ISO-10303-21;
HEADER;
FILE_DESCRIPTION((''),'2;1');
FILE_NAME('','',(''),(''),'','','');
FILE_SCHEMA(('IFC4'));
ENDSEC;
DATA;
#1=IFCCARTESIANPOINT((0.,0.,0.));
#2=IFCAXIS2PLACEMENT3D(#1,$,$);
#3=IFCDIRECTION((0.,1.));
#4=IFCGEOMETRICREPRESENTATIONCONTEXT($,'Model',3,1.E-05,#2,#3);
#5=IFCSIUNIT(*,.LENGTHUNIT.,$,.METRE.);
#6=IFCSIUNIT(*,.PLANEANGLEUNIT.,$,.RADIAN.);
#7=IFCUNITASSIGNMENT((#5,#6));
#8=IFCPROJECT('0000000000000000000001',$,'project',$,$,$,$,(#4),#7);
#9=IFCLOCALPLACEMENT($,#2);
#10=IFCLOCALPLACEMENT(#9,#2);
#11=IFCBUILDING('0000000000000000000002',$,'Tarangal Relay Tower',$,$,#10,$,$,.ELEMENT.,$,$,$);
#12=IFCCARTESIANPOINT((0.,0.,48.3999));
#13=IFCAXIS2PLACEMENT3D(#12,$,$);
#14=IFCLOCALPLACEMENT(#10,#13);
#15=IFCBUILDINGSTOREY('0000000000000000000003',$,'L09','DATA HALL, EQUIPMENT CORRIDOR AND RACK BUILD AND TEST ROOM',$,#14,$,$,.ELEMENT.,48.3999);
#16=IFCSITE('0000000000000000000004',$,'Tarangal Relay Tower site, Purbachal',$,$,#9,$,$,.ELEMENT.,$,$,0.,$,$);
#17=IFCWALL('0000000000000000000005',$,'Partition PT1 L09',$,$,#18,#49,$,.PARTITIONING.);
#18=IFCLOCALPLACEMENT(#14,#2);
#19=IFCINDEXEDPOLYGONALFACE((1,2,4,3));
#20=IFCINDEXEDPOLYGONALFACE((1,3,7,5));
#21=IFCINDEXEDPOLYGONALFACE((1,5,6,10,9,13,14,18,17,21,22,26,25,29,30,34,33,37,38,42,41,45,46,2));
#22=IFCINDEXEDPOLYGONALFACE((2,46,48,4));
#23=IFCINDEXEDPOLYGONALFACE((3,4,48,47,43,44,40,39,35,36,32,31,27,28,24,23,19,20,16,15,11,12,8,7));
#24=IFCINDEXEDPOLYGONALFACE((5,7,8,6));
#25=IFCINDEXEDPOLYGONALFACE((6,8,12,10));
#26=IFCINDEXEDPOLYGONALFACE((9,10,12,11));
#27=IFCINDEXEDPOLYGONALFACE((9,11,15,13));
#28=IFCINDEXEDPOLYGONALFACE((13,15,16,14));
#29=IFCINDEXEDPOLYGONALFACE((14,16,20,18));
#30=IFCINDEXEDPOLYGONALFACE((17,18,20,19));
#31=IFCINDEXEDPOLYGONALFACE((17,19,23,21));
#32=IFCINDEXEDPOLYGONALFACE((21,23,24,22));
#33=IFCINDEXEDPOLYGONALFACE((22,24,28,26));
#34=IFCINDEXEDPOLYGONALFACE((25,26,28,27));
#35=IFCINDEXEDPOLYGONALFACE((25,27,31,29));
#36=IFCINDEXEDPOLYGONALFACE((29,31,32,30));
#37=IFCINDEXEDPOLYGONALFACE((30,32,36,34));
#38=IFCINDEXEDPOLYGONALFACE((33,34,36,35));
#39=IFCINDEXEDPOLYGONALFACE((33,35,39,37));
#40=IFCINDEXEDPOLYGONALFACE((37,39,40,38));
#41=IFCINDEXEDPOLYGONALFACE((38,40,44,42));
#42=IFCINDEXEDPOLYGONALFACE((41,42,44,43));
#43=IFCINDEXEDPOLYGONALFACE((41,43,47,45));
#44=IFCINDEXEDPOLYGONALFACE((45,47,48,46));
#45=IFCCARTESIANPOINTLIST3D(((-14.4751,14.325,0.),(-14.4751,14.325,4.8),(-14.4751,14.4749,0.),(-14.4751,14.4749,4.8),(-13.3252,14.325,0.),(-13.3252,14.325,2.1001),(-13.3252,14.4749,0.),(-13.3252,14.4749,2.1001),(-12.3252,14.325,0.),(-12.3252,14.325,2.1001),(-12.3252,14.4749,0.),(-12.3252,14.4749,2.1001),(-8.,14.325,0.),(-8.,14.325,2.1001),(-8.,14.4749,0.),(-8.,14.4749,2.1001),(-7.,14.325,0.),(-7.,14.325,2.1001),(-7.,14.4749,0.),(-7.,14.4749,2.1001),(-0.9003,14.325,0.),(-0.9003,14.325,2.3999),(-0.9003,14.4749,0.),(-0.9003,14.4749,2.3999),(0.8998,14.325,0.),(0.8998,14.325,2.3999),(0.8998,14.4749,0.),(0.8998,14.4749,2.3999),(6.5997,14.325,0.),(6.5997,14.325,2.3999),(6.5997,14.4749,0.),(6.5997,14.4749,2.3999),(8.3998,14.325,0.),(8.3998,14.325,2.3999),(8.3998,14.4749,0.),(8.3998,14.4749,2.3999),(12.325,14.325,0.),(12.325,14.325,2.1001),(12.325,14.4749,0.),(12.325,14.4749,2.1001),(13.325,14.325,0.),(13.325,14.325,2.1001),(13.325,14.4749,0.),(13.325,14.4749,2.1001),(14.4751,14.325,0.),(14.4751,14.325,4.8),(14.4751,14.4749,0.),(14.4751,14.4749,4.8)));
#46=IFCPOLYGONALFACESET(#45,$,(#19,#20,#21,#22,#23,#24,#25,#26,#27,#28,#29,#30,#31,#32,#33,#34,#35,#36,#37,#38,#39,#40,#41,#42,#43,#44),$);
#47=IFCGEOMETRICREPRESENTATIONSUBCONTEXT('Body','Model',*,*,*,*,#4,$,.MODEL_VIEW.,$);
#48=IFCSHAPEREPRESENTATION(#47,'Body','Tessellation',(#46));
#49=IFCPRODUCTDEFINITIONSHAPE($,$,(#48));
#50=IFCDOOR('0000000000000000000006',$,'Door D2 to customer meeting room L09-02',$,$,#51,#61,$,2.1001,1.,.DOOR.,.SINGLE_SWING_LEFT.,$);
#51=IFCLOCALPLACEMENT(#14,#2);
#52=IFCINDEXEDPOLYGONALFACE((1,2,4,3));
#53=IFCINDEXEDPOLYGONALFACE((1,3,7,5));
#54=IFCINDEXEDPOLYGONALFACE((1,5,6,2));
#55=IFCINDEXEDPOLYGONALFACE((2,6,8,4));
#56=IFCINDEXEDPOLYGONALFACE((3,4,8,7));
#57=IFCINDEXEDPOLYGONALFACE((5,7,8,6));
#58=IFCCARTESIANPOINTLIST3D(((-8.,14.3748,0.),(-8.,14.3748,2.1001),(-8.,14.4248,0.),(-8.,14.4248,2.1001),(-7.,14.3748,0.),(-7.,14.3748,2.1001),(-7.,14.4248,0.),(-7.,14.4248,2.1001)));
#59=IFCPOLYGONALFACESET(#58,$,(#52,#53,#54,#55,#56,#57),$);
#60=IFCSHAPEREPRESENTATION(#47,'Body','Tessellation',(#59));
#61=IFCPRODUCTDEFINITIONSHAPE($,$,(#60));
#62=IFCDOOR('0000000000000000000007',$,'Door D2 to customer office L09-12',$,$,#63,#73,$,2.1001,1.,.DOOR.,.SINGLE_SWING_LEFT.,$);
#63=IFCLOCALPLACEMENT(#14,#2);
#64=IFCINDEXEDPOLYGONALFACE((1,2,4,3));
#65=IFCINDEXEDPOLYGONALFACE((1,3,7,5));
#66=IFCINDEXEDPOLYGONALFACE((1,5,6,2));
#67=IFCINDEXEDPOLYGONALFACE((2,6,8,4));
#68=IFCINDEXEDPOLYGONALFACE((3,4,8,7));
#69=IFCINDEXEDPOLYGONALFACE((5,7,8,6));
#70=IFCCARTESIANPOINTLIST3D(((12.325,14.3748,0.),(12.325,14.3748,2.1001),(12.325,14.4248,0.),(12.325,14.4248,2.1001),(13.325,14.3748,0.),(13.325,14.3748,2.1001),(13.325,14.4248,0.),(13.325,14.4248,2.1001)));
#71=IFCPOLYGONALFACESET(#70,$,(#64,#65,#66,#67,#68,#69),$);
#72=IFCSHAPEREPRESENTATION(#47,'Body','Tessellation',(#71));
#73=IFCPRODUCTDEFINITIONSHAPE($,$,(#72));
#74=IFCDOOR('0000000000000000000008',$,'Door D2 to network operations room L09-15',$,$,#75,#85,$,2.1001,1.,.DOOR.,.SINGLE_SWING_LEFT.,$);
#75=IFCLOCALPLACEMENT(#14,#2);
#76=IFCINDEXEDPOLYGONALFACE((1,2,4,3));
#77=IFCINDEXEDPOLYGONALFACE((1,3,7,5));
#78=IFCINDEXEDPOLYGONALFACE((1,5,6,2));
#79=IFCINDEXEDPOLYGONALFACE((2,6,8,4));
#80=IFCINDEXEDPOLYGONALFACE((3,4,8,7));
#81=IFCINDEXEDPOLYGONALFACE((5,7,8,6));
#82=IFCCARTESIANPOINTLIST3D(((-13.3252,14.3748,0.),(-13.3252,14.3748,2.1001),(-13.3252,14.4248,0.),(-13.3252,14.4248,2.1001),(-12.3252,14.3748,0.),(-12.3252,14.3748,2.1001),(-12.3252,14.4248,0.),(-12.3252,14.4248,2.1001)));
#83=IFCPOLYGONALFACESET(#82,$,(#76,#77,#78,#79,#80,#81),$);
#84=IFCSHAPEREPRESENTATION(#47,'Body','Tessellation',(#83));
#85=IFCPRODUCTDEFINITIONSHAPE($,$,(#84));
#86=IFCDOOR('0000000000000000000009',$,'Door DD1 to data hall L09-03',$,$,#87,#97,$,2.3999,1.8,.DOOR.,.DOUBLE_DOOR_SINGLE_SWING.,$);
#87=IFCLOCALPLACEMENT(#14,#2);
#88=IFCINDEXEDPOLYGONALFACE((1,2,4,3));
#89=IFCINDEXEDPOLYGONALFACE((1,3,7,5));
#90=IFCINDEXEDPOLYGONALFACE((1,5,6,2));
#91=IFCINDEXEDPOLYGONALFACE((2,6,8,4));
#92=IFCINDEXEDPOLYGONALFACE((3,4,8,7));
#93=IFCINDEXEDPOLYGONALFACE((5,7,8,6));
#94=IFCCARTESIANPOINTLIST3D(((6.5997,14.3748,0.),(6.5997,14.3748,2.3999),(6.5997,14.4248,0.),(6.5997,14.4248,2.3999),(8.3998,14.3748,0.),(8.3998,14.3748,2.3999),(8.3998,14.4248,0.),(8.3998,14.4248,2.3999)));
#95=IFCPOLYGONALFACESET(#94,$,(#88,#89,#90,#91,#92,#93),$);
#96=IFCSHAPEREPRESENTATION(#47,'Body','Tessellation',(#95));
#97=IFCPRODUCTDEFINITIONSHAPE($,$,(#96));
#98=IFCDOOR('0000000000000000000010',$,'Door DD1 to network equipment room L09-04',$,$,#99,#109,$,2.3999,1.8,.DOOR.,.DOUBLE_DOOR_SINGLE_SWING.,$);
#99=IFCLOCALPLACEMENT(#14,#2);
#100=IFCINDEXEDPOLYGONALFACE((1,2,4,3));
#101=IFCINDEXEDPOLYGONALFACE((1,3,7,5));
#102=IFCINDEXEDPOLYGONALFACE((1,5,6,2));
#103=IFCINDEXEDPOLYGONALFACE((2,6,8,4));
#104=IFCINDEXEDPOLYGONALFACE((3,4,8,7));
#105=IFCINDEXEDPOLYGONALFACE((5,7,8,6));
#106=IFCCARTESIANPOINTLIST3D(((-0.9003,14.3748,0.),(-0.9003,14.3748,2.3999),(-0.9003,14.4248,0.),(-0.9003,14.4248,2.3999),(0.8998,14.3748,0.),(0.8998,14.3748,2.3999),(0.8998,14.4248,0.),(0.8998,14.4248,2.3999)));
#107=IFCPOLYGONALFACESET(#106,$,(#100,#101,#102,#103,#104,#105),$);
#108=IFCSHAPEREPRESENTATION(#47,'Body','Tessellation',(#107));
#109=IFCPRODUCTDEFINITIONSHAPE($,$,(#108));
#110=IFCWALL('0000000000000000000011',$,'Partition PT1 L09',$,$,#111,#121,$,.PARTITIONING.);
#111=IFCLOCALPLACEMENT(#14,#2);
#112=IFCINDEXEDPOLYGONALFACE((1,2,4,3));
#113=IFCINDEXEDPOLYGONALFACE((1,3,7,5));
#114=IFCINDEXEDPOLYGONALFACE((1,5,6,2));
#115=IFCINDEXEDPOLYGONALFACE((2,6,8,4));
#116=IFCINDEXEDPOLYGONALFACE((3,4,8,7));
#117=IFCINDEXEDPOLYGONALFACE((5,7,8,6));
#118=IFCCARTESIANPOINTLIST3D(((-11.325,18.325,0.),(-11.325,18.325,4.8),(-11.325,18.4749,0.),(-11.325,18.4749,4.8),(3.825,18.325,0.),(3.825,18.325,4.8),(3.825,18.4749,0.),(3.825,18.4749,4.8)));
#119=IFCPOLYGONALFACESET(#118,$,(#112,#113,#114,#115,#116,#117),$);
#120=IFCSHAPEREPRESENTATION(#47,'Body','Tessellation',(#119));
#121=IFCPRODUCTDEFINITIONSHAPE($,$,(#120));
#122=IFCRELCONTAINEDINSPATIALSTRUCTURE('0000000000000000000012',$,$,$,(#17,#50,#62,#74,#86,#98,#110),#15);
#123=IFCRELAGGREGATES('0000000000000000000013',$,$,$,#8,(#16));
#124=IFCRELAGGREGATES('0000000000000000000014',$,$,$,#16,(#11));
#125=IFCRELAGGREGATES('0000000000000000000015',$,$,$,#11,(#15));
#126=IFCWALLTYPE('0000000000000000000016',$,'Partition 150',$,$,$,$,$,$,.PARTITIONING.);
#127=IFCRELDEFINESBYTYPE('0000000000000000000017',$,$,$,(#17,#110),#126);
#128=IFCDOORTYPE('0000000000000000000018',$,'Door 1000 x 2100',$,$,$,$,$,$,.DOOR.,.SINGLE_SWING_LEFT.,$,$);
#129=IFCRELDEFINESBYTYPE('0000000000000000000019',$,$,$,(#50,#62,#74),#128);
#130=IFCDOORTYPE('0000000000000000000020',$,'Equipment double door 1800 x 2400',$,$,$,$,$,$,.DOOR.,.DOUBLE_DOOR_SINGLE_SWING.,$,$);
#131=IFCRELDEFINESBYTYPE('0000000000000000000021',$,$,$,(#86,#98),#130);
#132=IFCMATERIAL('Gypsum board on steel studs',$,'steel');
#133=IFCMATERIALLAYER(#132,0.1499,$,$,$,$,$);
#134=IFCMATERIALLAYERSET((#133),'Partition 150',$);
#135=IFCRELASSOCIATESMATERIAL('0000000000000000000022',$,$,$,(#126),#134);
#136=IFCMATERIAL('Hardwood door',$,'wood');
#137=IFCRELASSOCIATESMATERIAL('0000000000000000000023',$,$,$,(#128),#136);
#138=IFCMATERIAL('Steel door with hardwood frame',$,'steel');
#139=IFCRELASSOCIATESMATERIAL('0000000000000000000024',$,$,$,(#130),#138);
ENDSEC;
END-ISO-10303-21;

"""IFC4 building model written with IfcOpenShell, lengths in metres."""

from ifc_helpers import new_model, si_unit, direction, frame, frame_2d, origin, place, context, subcontext, project, spatial, rectangle, extrude, material, layer, layer_set, type_object, element, fill, save


model = new_model("IFC4")

# Units and contexts
model_context = context("Model", 3, precision=1e-05, world=origin(), true_north=direction((0.0, 1.0)))
body_context = subcontext(model_context, "Body", "Model", "MODEL_VIEW")
ifc_project = project(units=[si_unit("LENGTHUNIT", "METRE"), si_unit("PLANEANGLEUNIT", "RADIAN")], contexts=[model_context])

# Site, building, storey
site_placement = place(None, origin())
site = spatial("IfcSite", under=ifc_project, at=site_placement, Name="Tarangal Relay Tower site, Purbachal", CompositionType="ELEMENT", RefElevation=0.0)
building_placement = place(site_placement, origin())
building = spatial("IfcBuilding", under=site, at=building_placement, Name="Tarangal Relay Tower", CompositionType="ELEMENT")
storey_placement = place(building_placement, frame((0.0, 0.0, 48.3999)))
storey = spatial("IfcBuildingStorey", under=building, at=storey_placement, Name="L09", Description="DATA HALL, EQUIPMENT CORRIDOR AND RACK BUILD AND TEST ROOM", CompositionType="ELEMENT", Elevation=48.3999)

# Wall, openings, doors
ifc_material_1 = material(Name="Gypsum board on steel studs", Category="steel")
ifc_layer_1 = layer(ifc_material_1, 0.1499)
ifc_layer_set_1 = layer_set([ifc_layer_1], Name="Partition 150")
wall_type_1 = type_object("IfcWallType", Name="Partition 150", PredefinedType="PARTITIONING", material=ifc_layer_set_1)
wall_1_placement = place(storey_placement, frame((-14.4751, 14.3999, 0.0), z_axis=(0.0, 0.0, 1.0), x_axis=(1.0, 0.0, 0.0)))
wall_1 = element("IfcWall", 1, at=wall_1_placement, inside=storey, type_object=wall_type_1, Name="Partition PT1 L09", PredefinedType="PARTITIONING", context=body_context, shape_type="SweptSolid", body=[
    extrude(rectangle(XDim=28.9502, YDim=0.1499, at=frame_2d((14.4751, 0.0))), origin(), (0.0, 0.0, 1.0), 4.8),
])
opening_1_placement = place(wall_1_placement, frame((6.4751, 0.0, 0.0)))
opening_1 = element("IfcOpeningElement", 2, at=opening_1_placement, cuts=wall_1, PredefinedType="OPENING", context=body_context, shape_type="SweptSolid", body=[
    extrude(rectangle(XDim=1.0, YDim=2.1001, at=frame_2d((0.5, 1.05))), frame((0.0, 0.085, 0.0), z_axis=(0.0, -1.0, 0.0), x_axis=(1.0, 0.0, 0.0)), (0.0, 0.0, 1.0), 0.1699),
])
opening_2_placement = place(wall_1_placement, frame((21.075, 0.0, 0.0)))
opening_2 = element("IfcOpeningElement", 3, at=opening_2_placement, cuts=wall_1, PredefinedType="OPENING", context=body_context, shape_type="SweptSolid", body=[
    extrude(rectangle(XDim=1.8, YDim=2.3999, at=frame_2d((0.8999, 1.2))), frame((0.0, 0.085, 0.0), z_axis=(0.0, -1.0, 0.0), x_axis=(1.0, 0.0, 0.0)), (0.0, 0.0, 1.0), 0.1699),
])
opening_3_placement = place(wall_1_placement, frame((13.575, 0.0, 0.0)))
opening_3 = element("IfcOpeningElement", 4, at=opening_3_placement, cuts=wall_1, PredefinedType="OPENING", context=body_context, shape_type="SweptSolid", body=[
    extrude(rectangle(XDim=1.8, YDim=2.3999, at=frame_2d((0.8999, 1.2))), frame((0.0, 0.085, 0.0), z_axis=(0.0, -1.0, 0.0), x_axis=(1.0, 0.0, 0.0)), (0.0, 0.0, 1.0), 0.1699),
])
opening_4_placement = place(wall_1_placement, frame((26.8, 0.0, 0.0)))
opening_4 = element("IfcOpeningElement", 5, at=opening_4_placement, cuts=wall_1, PredefinedType="OPENING", context=body_context, shape_type="SweptSolid", body=[
    extrude(rectangle(XDim=1.0, YDim=2.1001, at=frame_2d((0.5, 1.05))), frame((0.0, 0.085, 0.0), z_axis=(0.0, -1.0, 0.0), x_axis=(1.0, 0.0, 0.0)), (0.0, 0.0, 1.0), 0.1699),
])
opening_5_placement = place(wall_1_placement, frame((1.1499, 0.0, 0.0)))
opening_5 = element("IfcOpeningElement", 6, at=opening_5_placement, cuts=wall_1, PredefinedType="OPENING", context=body_context, shape_type="SweptSolid", body=[
    extrude(rectangle(XDim=1.0, YDim=2.1001, at=frame_2d((0.5, 1.05))), frame((0.0, 0.085, 0.0), z_axis=(0.0, -1.0, 0.0), x_axis=(1.0, 0.0, 0.0)), (0.0, 0.0, 1.0), 0.1699),
])
ifc_material_2 = material(Name="Hardwood door", Category="wood")
door_type_1 = type_object("IfcDoorType", Name="Door 1000 x 2100", OperationType="SINGLE_SWING_LEFT", PredefinedType="DOOR", material=ifc_material_2)
door_1_placement = place(opening_1_placement, origin())
door_1 = element("IfcDoor", 7, at=door_1_placement, inside=storey, type_object=door_type_1, Name="Door D2 to customer meeting room L09-02", OperationType="SINGLE_SWING_LEFT", OverallHeight=2.1001, OverallWidth=1.0, PredefinedType="DOOR", context=body_context, shape_type="SweptSolid", body=[
    extrude(rectangle(XDim=1.0, YDim=2.1001, at=frame_2d((0.5, 1.05))), frame((0.0, 0.0249, 0.0), z_axis=(0.0, -1.0, 0.0), x_axis=(1.0, 0.0, 0.0)), (0.0, 0.0, 1.0), 0.05),
])
fill(opening_1, door_1)
door_2_placement = place(opening_4_placement, origin())
door_2 = element("IfcDoor", 8, at=door_2_placement, inside=storey, type_object=door_type_1, Name="Door D2 to customer office L09-12", OperationType="SINGLE_SWING_LEFT", OverallHeight=2.1001, OverallWidth=1.0, PredefinedType="DOOR", context=body_context, shape_type="SweptSolid", body=[
    extrude(rectangle(XDim=1.0, YDim=2.1001, at=frame_2d((0.5, 1.05))), frame((0.0, 0.0249, 0.0), z_axis=(0.0, -1.0, 0.0), x_axis=(1.0, 0.0, 0.0)), (0.0, 0.0, 1.0), 0.05),
])
fill(opening_4, door_2)
door_3_placement = place(opening_5_placement, origin())
door_3 = element("IfcDoor", 9, at=door_3_placement, inside=storey, type_object=door_type_1, Name="Door D2 to network operations room L09-15", OperationType="SINGLE_SWING_LEFT", OverallHeight=2.1001, OverallWidth=1.0, PredefinedType="DOOR", context=body_context, shape_type="SweptSolid", body=[
    extrude(rectangle(XDim=1.0, YDim=2.1001, at=frame_2d((0.5, 1.05))), frame((0.0, 0.0249, 0.0), z_axis=(0.0, -1.0, 0.0), x_axis=(1.0, 0.0, 0.0)), (0.0, 0.0, 1.0), 0.05),
])
fill(opening_5, door_3)
ifc_material_3 = material(Name="Steel door with hardwood frame", Category="steel")
door_type_2 = type_object("IfcDoorType", Name="Equipment double door 1800 x 2400", OperationType="DOUBLE_DOOR_SINGLE_SWING", PredefinedType="DOOR", material=ifc_material_3)
door_4_placement = place(opening_2_placement, origin())
door_4 = element("IfcDoor", 10, at=door_4_placement, inside=storey, type_object=door_type_2, Name="Door DD1 to data hall L09-03", OperationType="DOUBLE_DOOR_SINGLE_SWING", OverallHeight=2.3999, OverallWidth=1.8, PredefinedType="DOOR", context=body_context, shape_type="SweptSolid", body=[
    extrude(rectangle(XDim=1.8, YDim=2.3999, at=frame_2d((0.8999, 1.2))), frame((0.0, 0.0249, 0.0), z_axis=(0.0, -1.0, 0.0), x_axis=(1.0, 0.0, 0.0)), (0.0, 0.0, 1.0), 0.05),
])
fill(opening_2, door_4)
door_5_placement = place(opening_3_placement, origin())
door_5 = element("IfcDoor", 11, at=door_5_placement, inside=storey, type_object=door_type_2, Name="Door DD1 to network equipment room L09-04", OperationType="DOUBLE_DOOR_SINGLE_SWING", OverallHeight=2.3999, OverallWidth=1.8, PredefinedType="DOOR", context=body_context, shape_type="SweptSolid", body=[
    extrude(rectangle(XDim=1.8, YDim=2.3999, at=frame_2d((0.8999, 1.2))), frame((0.0, 0.0249, 0.0), z_axis=(0.0, -1.0, 0.0), x_axis=(1.0, 0.0, 0.0)), (0.0, 0.0, 1.0), 0.05),
])
fill(opening_3, door_5)

# Wall
wall_2_placement = place(storey_placement, frame((-11.325, 18.3999, 0.0), z_axis=(0.0, 0.0, 1.0), x_axis=(1.0, 0.0, 0.0)))
element("IfcWall", 12, at=wall_2_placement, inside=storey, type_object=wall_type_1, Name="Partition PT1 L09", PredefinedType="PARTITIONING", context=body_context, shape_type="SweptSolid", body=[
    extrude(rectangle(XDim=15.1499, YDim=0.1499, at=frame_2d((7.575, 0.0))), origin(), (0.0, 0.0, 1.0), 4.8),
])

save(model, "model.ifc")
